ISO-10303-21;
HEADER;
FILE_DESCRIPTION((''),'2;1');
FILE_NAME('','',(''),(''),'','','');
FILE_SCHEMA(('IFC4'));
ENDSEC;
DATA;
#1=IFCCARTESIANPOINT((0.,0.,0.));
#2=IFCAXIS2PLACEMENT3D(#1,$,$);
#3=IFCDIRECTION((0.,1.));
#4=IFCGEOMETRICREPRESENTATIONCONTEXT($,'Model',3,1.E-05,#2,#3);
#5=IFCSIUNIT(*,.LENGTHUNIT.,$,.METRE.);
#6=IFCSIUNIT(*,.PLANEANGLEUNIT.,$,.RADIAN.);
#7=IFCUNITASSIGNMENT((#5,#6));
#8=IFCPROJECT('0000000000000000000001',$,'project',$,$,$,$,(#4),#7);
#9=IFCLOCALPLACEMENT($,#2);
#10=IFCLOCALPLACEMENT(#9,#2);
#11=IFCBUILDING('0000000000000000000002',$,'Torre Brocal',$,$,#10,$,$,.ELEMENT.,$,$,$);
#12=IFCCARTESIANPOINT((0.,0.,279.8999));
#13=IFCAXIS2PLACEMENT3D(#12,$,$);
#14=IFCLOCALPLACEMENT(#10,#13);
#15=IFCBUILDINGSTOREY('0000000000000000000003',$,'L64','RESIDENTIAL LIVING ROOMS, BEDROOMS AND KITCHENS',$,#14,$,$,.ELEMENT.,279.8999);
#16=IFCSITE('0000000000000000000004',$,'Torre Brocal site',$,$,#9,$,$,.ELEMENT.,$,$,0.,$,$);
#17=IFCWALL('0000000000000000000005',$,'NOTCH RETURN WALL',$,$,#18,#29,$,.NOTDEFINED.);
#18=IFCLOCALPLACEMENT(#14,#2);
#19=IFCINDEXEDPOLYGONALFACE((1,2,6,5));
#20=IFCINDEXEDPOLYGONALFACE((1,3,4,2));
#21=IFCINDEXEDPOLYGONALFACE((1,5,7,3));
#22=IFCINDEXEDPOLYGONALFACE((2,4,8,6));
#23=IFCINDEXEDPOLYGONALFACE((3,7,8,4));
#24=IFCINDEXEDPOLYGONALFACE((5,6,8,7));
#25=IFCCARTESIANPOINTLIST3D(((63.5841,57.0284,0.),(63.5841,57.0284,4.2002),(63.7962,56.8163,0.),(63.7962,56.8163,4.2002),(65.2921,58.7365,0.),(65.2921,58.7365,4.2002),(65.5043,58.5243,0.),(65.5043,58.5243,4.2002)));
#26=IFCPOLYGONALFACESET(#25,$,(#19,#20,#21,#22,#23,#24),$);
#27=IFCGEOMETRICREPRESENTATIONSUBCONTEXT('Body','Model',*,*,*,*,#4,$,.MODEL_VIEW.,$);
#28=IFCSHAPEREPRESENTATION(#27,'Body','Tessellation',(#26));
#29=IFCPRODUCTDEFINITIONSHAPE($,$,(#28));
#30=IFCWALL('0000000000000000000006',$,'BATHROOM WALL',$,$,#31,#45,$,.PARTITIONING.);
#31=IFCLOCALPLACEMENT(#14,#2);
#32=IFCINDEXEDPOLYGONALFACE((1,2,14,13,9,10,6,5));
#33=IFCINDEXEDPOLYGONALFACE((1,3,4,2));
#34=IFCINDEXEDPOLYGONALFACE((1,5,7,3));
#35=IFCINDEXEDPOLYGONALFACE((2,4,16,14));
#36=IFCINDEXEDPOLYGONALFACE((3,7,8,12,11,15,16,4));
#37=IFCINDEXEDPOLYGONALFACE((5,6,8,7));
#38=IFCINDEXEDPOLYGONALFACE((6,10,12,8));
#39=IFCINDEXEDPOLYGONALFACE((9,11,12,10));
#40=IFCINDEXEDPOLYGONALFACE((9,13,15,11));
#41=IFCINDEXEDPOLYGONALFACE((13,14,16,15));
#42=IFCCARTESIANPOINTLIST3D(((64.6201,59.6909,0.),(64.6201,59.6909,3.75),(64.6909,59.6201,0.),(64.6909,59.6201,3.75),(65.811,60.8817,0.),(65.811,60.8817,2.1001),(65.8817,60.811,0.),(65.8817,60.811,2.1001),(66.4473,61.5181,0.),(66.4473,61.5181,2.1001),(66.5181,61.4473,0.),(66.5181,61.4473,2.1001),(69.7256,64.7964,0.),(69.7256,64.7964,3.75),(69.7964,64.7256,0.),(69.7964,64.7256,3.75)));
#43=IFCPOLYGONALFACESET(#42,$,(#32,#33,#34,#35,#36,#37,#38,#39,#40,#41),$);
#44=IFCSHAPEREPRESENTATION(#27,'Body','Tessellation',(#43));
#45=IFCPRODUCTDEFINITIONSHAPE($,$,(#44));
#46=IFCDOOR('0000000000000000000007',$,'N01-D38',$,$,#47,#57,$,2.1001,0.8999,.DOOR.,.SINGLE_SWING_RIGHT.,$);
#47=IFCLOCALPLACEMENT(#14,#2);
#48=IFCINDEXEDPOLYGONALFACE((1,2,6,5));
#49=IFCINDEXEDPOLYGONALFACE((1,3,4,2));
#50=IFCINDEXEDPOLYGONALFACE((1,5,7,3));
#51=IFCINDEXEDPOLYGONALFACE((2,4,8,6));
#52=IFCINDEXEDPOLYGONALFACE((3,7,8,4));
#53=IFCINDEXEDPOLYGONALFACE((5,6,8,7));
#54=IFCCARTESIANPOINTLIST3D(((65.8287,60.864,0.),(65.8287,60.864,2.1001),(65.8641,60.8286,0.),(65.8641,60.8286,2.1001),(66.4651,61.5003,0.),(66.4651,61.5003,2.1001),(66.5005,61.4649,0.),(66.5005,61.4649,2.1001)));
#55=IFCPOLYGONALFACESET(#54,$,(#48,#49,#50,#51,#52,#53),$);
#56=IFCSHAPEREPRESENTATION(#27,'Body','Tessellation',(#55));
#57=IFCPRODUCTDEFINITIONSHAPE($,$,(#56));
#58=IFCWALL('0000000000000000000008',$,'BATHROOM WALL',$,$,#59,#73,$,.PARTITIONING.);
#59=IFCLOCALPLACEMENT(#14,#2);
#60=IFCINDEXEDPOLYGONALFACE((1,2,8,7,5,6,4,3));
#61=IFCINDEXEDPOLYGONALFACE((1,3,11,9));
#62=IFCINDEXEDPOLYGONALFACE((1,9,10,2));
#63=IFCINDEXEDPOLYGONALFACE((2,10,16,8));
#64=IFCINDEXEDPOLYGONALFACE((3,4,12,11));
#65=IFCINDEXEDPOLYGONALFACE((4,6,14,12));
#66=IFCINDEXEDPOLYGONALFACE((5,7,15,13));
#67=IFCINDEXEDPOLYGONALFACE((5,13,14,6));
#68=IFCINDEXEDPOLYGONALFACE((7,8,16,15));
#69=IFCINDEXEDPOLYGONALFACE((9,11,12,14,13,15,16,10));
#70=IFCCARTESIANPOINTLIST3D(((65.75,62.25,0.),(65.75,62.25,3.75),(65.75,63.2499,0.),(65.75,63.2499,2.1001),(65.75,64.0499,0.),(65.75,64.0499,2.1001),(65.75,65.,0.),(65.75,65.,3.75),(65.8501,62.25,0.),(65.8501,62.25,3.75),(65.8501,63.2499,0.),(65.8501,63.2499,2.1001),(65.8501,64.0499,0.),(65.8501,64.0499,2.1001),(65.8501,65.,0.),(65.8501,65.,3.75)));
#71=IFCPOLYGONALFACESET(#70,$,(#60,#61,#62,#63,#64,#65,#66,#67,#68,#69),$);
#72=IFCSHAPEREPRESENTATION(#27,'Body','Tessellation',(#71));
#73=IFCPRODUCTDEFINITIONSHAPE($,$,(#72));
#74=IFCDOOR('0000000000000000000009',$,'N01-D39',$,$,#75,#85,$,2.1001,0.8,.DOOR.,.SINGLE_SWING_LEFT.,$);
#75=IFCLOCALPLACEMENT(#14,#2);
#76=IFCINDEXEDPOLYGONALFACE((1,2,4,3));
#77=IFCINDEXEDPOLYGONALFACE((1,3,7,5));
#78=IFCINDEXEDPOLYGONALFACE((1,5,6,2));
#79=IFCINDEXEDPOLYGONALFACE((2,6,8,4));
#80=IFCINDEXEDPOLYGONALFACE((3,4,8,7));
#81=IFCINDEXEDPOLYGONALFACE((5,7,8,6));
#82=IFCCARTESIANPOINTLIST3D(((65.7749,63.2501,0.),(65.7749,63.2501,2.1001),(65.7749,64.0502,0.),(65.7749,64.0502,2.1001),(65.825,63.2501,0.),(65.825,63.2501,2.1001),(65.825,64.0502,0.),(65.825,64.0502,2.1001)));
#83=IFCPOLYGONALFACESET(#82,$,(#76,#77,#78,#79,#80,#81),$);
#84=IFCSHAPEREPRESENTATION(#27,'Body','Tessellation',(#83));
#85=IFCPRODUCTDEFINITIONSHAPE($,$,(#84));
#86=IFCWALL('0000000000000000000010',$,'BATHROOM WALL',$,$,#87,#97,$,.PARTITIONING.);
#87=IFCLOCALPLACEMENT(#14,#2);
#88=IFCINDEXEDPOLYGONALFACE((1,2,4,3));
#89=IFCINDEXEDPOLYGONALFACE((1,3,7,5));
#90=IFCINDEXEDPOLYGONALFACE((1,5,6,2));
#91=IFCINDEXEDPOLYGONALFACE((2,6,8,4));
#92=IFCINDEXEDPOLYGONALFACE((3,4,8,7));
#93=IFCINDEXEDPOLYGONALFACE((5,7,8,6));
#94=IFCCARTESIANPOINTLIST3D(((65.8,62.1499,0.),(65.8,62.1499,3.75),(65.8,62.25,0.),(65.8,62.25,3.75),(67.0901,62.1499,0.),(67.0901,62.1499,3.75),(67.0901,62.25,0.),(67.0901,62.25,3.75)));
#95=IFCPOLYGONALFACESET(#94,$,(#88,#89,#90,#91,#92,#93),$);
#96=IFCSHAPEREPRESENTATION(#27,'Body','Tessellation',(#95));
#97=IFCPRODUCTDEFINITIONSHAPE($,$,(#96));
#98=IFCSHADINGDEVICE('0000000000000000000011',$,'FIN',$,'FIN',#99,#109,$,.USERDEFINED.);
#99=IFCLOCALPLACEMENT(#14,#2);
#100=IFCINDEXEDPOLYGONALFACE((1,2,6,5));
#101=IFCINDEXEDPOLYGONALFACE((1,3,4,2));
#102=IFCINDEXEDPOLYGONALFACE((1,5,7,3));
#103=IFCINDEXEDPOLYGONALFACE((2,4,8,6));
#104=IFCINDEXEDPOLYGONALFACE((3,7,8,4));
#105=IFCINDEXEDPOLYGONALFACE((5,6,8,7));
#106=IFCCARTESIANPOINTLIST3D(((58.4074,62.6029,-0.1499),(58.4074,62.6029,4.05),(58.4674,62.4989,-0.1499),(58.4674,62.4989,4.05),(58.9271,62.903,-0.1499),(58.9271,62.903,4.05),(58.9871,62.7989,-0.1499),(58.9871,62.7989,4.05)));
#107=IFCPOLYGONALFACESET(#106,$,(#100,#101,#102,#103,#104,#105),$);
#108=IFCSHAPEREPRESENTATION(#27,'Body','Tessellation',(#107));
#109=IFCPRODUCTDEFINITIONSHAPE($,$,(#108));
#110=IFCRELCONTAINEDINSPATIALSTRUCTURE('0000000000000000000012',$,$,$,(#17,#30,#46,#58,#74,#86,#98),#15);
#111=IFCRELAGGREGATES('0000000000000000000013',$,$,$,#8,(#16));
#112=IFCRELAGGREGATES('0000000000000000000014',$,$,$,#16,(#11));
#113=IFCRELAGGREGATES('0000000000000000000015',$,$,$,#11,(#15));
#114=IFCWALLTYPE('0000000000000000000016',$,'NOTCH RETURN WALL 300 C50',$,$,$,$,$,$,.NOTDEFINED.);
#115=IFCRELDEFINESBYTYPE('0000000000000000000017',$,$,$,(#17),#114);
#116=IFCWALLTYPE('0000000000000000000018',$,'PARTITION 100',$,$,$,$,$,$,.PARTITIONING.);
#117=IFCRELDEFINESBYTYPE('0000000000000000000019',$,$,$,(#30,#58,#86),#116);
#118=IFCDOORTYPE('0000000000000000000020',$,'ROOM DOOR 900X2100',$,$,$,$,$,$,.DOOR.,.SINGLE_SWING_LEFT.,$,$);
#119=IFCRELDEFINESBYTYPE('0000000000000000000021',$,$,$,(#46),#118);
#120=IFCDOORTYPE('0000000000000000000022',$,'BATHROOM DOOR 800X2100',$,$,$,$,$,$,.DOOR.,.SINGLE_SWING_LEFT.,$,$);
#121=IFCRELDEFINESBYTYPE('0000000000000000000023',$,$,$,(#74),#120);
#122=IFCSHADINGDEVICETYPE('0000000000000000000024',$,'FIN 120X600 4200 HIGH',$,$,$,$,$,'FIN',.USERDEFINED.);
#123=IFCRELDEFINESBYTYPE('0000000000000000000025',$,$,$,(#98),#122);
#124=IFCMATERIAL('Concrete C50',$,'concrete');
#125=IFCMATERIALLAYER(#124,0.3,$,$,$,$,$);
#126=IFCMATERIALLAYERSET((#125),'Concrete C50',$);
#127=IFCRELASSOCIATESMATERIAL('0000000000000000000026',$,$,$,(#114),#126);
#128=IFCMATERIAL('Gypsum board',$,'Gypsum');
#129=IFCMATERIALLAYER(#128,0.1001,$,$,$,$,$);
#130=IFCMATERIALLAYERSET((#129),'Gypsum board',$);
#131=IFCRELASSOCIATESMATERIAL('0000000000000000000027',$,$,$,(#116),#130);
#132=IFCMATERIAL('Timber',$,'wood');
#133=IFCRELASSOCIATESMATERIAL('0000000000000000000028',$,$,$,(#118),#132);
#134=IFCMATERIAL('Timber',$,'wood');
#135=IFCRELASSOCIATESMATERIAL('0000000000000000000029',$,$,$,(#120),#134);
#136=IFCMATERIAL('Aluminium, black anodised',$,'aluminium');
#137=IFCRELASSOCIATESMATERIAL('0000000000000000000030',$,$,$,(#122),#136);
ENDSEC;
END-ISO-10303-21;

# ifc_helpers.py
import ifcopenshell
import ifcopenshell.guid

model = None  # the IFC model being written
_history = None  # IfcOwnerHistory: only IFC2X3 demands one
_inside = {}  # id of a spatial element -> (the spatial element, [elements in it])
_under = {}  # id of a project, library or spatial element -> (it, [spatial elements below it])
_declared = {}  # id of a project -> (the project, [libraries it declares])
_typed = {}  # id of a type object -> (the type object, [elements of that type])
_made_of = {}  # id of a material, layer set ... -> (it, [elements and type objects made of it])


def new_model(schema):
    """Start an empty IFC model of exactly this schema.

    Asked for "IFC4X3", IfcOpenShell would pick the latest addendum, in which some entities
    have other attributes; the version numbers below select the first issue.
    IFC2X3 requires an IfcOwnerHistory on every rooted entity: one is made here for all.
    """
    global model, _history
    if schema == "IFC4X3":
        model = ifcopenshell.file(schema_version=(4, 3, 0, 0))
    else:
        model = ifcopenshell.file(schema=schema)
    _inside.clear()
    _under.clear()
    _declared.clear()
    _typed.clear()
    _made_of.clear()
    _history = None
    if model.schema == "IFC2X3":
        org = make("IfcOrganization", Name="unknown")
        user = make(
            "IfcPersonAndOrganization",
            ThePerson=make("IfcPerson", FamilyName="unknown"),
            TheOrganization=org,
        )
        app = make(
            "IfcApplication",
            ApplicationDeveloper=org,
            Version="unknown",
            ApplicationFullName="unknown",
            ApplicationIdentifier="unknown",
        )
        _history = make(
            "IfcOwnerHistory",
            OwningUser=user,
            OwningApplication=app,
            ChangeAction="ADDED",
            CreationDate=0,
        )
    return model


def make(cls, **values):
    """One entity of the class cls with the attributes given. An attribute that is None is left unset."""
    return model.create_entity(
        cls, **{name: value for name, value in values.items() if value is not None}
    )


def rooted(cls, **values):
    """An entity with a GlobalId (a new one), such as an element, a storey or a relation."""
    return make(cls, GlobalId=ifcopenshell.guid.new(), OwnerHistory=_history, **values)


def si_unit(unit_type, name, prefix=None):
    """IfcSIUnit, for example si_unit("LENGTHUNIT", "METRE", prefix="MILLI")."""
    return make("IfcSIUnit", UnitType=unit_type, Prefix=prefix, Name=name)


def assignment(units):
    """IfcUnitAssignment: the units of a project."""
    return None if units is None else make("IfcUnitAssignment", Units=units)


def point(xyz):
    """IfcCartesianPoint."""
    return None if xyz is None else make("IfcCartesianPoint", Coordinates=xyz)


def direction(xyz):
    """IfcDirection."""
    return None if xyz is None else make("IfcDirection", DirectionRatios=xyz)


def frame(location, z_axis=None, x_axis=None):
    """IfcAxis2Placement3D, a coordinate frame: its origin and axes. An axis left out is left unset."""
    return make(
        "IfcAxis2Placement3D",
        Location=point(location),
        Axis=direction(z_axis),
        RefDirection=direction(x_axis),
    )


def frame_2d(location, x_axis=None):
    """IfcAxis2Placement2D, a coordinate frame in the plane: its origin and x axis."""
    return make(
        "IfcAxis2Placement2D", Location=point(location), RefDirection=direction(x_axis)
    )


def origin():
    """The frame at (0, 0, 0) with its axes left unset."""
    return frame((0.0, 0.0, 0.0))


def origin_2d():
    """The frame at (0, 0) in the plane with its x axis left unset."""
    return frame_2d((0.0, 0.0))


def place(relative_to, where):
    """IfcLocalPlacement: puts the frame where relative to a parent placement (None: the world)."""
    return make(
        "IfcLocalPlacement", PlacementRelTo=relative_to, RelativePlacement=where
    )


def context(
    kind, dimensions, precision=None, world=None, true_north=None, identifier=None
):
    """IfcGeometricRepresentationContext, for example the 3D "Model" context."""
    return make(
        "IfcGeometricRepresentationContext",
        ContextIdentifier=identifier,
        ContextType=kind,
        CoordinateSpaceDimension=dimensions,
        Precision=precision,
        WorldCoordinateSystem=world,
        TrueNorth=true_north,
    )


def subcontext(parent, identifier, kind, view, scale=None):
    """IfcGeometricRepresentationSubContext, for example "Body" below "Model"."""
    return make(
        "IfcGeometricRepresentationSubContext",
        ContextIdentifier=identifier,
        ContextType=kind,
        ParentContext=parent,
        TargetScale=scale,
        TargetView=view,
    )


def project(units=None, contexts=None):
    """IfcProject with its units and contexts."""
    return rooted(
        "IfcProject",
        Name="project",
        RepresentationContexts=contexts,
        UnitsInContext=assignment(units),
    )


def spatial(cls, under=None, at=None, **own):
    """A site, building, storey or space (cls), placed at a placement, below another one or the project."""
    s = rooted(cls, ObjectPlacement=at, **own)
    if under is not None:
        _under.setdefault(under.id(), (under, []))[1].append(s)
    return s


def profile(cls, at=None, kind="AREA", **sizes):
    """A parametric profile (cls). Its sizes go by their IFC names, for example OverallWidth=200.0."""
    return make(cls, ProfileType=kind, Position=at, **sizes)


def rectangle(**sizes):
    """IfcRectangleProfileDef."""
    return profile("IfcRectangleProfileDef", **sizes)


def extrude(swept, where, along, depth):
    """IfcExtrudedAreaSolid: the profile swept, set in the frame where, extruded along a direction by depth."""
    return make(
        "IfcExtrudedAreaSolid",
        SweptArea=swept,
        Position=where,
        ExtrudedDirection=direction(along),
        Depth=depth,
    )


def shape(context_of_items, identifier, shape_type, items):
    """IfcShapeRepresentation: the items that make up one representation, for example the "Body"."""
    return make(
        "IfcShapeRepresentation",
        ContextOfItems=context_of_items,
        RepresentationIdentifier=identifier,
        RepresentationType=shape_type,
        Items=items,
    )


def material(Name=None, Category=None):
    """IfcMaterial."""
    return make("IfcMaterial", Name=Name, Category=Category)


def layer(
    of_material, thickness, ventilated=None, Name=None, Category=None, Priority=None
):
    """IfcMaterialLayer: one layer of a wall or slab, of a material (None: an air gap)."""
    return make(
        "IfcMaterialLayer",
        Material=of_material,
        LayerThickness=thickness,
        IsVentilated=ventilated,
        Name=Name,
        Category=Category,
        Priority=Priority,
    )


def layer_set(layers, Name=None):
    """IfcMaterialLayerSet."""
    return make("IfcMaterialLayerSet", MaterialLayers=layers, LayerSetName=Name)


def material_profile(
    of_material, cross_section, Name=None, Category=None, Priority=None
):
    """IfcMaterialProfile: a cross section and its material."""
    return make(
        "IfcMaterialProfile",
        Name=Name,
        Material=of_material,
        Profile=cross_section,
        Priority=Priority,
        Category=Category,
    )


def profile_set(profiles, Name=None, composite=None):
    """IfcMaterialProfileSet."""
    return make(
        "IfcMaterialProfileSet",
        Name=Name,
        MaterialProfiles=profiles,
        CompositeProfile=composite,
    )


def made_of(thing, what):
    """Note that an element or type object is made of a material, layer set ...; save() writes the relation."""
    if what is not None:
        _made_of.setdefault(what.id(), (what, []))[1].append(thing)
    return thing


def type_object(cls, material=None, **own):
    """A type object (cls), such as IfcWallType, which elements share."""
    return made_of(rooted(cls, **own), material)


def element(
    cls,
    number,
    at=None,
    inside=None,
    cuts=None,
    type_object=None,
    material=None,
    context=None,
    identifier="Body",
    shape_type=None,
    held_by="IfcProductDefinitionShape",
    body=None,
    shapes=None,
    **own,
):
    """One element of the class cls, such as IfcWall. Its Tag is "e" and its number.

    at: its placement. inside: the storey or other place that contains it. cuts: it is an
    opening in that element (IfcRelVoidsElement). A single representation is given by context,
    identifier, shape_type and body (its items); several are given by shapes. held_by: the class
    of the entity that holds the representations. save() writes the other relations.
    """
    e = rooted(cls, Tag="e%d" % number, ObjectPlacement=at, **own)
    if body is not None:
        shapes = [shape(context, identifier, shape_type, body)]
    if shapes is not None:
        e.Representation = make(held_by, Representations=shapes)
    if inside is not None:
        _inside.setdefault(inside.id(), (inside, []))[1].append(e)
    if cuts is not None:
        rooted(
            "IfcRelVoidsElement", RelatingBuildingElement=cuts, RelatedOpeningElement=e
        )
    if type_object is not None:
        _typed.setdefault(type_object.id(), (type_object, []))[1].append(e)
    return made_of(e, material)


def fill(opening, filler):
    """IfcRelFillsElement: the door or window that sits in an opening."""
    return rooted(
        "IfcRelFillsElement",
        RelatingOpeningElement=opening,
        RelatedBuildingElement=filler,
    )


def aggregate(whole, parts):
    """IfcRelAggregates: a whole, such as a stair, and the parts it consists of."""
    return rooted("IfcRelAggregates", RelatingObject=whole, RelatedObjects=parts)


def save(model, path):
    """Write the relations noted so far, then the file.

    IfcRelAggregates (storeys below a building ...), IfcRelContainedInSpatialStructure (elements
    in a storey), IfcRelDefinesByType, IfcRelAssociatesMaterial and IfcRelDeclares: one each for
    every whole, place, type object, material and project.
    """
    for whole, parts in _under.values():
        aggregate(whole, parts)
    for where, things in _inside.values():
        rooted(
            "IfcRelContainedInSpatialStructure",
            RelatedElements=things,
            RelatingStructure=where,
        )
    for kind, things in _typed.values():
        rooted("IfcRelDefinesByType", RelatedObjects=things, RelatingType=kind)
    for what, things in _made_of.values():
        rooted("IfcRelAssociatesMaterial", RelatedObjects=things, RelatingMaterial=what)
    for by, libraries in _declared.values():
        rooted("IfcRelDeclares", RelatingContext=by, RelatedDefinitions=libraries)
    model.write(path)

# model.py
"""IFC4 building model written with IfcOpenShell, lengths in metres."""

from ifc_helpers import new_model, si_unit, direction, frame, frame_2d, origin, origin_2d, place, context, subcontext, project, spatial, rectangle, extrude, material, layer, layer_set, material_profile, profile_set, type_object, element, fill, save


model = new_model("IFC4")

# Units and contexts
model_context = context("Model", 3, precision=1e-05, world=origin(), true_north=direction((0.0, 1.0)))
body_context = subcontext(model_context, "Body", "Model", "MODEL_VIEW")
ifc_project = project(units=[si_unit("LENGTHUNIT", "METRE"), si_unit("PLANEANGLEUNIT", "RADIAN")], contexts=[model_context])

# Site, building, storey
site_placement = place(None, origin())
site = spatial("IfcSite", under=ifc_project, at=site_placement, Name="Torre Brocal site", CompositionType="ELEMENT", RefElevation=0.0)
building_placement = place(site_placement, origin())
building = spatial("IfcBuilding", under=site, at=building_placement, Name="Torre Brocal", CompositionType="ELEMENT")
storey_placement = place(building_placement, frame((0.0, 0.0, 279.8999)))
storey = spatial("IfcBuildingStorey", under=building, at=storey_placement, Name="L64", Description="RESIDENTIAL LIVING ROOMS, BEDROOMS AND KITCHENS", CompositionType="ELEMENT", Elevation=279.8999)

# Wall
ifc_material_1 = material(Name="Concrete C50", Category="concrete")
ifc_layer_1 = layer(ifc_material_1, 0.3)
ifc_layer_set_1 = layer_set([ifc_layer_1], Name="Concrete C50")
wall_type_1 = type_object("IfcWallType", Name="NOTCH RETURN WALL 300 C50", PredefinedType="NOTDEFINED", material=ifc_layer_set_1)
for number, where, z_axis, x_axis, name in (
    (1, (65.3982, 58.6304, 0.0), (0.0, 0.0, 1.0), (-0.707107, -0.707107, 0.0), "NOTCH RETURN WALL"),
):
    element("IfcWall", number, at=place(storey_placement, frame(where, z_axis=z_axis, x_axis=x_axis)), inside=storey, type_object=wall_type_1, Name=name, PredefinedType="NOTDEFINED", context=body_context, shape_type="SweptSolid", body=[
        extrude(rectangle(XDim=2.4155, YDim=0.3, at=frame_2d((1.2078, 0.0))), origin(), (0.0, 0.0, 1.0), 4.2002),
    ])

# Walls, openings, doors
ifc_material_2 = material(Name="Gypsum board", Category="Gypsum")
ifc_layer_2 = layer(ifc_material_2, 0.1001)
ifc_layer_set_2 = layer_set([ifc_layer_2], Name="Gypsum board")
wall_type_2 = type_object("IfcWallType", Name="PARTITION 100", PredefinedType="PARTITIONING", material=ifc_layer_set_2)
wall_1_placement = place(storey_placement, frame((64.6555, 59.6555, 0.0), z_axis=(0.0, 0.0, 1.0), x_axis=(0.707107, 0.707107, 0.0)))
wall_1 = element("IfcWall", 2, at=wall_1_placement, inside=storey, type_object=wall_type_2, Name="BATHROOM WALL", PredefinedType="PARTITIONING", context=body_context, shape_type="SweptSolid", body=[
    extrude(rectangle(XDim=7.2202, YDim=0.1001, at=frame_2d((3.6101, 0.0))), origin(), (0.0, 0.0, 1.0), 3.75),
])
opening_1_placement = place(wall_1_placement, frame((1.6841, 0.0, 0.0)))
opening_1 = element("IfcOpeningElement", 3, at=opening_1_placement, cuts=wall_1, PredefinedType="OPENING", context=body_context, shape_type="SweptSolid", body=[
    extrude(rectangle(XDim=0.8999, YDim=2.1001, at=frame_2d((0.45, 1.05))), frame((0.0, 0.0601, 0.0), z_axis=(0.0, -1.0, 0.0), x_axis=(1.0, 0.0, 0.0)), (0.0, 0.0, 1.0), 0.1201),
])
ifc_material_3 = material(Name="Timber", Category="wood")
door_type_1 = type_object("IfcDoorType", Name="ROOM DOOR 900X2100", OperationType="SINGLE_SWING_LEFT", PredefinedType="DOOR", material=ifc_material_3)
door_1_placement = place(opening_1_placement, origin())
door_1 = element("IfcDoor", 4, at=door_1_placement, inside=storey, type_object=door_type_1, Name="N01-D38", OperationType="SINGLE_SWING_RIGHT", OverallHeight=2.1001, OverallWidth=0.8999, PredefinedType="DOOR", context=body_context, shape_type="SweptSolid", body=[
    extrude(rectangle(XDim=0.8999, YDim=2.1001, at=frame_2d((0.45, 1.05))), frame((0.0, 0.0249, 0.0), z_axis=(0.0, -1.0, 0.0), x_axis=(1.0, 0.0, 0.0)), (0.0, 0.0, 1.0), 0.05),
])
fill(opening_1, door_1)
wall_2_placement = place(storey_placement, frame((65.8, 62.25, 0.0), z_axis=(0.0, 0.0, 1.0), x_axis=(0.0, 1.0, 0.0)))
wall_2 = element("IfcWall", 5, at=wall_2_placement, inside=storey, type_object=wall_type_2, Name="BATHROOM WALL", PredefinedType="PARTITIONING", context=body_context, shape_type="SweptSolid", body=[
    extrude(rectangle(XDim=2.75, YDim=0.1001, at=frame_2d((1.375, 0.0))), origin(), (0.0, 0.0, 1.0), 3.75),
])
opening_2_placement = place(wall_2_placement, frame((1.0, 0.0, 0.0)))
opening_2 = element("IfcOpeningElement", 6, at=opening_2_placement, cuts=wall_2, PredefinedType="OPENING", context=body_context, shape_type="SweptSolid", body=[
    extrude(rectangle(XDim=0.8, YDim=2.1001, at=frame_2d((0.3999, 1.05))), frame((0.0, 0.0601, 0.0), z_axis=(0.0, -1.0, 0.0), x_axis=(1.0, 0.0, 0.0)), (0.0, 0.0, 1.0), 0.1201),
])
ifc_material_4 = material(Name="Timber", Category="wood")
door_type_2 = type_object("IfcDoorType", Name="BATHROOM DOOR 800X2100", OperationType="SINGLE_SWING_LEFT", PredefinedType="DOOR", material=ifc_material_4)
door_2_placement = place(opening_2_placement, frame((0.8, 0.0, 0.0), z_axis=(0.0, 0.0, 1.0), x_axis=(-1.0, 0.0, 0.0)))
door_2 = element("IfcDoor", 7, at=door_2_placement, inside=storey, type_object=door_type_2, Name="N01-D39", OperationType="SINGLE_SWING_LEFT", OverallHeight=2.1001, OverallWidth=0.8, PredefinedType="DOOR", context=body_context, shape_type="SweptSolid", body=[
    extrude(rectangle(XDim=0.8, YDim=2.1001, at=frame_2d((0.3999, 1.05))), frame((0.0, 0.0249, 0.0), z_axis=(0.0, -1.0, 0.0), x_axis=(1.0, 0.0, 0.0)), (0.0, 0.0, 1.0), 0.05),
])
fill(opening_2, door_2)

# Wall
wall_3_placement = place(storey_placement, frame((65.8, 62.2, 0.0), z_axis=(0.0, 0.0, 1.0), x_axis=(1.0, 0.0, 0.0)))
element("IfcWall", 8, at=wall_3_placement, inside=storey, type_object=wall_type_2, Name="BATHROOM WALL", PredefinedType="PARTITIONING", context=body_context, shape_type="SweptSolid", body=[
    extrude(rectangle(XDim=1.29, YDim=0.1001, at=frame_2d((0.645, 0.0))), origin(), (0.0, 0.0, 1.0), 3.75),
])

# Shading device
ifc_material_5 = material(Name="Aluminium, black anodised", Category="aluminium")
ifc_material_profile_1 = material_profile(ifc_material_5, rectangle(XDim=0.1201, YDim=0.6001, at=origin_2d()), Name="FIN 120X600 4200 HIGH")
ifc_profile_set_1 = profile_set([ifc_material_profile_1], Name="Aluminium, black anodised")
shading_device_type = type_object("IfcShadingDeviceType", Name="FIN 120X600 4200 HIGH", ElementType="FIN", PredefinedType="USERDEFINED", material=ifc_profile_set_1)
shading_device_placement = place(storey_placement, frame((58.6973, 62.7009, -0.1499), z_axis=(0.0, 0.0, 1.0), x_axis=(0.5, -0.866025, 0.0)))
element("IfcShadingDevice", 9, at=shading_device_placement, inside=storey, type_object=shading_device_type, Name="FIN", ObjectType="FIN", PredefinedType="USERDEFINED", context=body_context, shape_type="SweptSolid", body=[
    extrude(rectangle(XDim=0.1201, YDim=0.6001, at=origin_2d()), origin(), (0.0, 0.0, 1.0), 4.2),
])

save(model, "model.ifc")
